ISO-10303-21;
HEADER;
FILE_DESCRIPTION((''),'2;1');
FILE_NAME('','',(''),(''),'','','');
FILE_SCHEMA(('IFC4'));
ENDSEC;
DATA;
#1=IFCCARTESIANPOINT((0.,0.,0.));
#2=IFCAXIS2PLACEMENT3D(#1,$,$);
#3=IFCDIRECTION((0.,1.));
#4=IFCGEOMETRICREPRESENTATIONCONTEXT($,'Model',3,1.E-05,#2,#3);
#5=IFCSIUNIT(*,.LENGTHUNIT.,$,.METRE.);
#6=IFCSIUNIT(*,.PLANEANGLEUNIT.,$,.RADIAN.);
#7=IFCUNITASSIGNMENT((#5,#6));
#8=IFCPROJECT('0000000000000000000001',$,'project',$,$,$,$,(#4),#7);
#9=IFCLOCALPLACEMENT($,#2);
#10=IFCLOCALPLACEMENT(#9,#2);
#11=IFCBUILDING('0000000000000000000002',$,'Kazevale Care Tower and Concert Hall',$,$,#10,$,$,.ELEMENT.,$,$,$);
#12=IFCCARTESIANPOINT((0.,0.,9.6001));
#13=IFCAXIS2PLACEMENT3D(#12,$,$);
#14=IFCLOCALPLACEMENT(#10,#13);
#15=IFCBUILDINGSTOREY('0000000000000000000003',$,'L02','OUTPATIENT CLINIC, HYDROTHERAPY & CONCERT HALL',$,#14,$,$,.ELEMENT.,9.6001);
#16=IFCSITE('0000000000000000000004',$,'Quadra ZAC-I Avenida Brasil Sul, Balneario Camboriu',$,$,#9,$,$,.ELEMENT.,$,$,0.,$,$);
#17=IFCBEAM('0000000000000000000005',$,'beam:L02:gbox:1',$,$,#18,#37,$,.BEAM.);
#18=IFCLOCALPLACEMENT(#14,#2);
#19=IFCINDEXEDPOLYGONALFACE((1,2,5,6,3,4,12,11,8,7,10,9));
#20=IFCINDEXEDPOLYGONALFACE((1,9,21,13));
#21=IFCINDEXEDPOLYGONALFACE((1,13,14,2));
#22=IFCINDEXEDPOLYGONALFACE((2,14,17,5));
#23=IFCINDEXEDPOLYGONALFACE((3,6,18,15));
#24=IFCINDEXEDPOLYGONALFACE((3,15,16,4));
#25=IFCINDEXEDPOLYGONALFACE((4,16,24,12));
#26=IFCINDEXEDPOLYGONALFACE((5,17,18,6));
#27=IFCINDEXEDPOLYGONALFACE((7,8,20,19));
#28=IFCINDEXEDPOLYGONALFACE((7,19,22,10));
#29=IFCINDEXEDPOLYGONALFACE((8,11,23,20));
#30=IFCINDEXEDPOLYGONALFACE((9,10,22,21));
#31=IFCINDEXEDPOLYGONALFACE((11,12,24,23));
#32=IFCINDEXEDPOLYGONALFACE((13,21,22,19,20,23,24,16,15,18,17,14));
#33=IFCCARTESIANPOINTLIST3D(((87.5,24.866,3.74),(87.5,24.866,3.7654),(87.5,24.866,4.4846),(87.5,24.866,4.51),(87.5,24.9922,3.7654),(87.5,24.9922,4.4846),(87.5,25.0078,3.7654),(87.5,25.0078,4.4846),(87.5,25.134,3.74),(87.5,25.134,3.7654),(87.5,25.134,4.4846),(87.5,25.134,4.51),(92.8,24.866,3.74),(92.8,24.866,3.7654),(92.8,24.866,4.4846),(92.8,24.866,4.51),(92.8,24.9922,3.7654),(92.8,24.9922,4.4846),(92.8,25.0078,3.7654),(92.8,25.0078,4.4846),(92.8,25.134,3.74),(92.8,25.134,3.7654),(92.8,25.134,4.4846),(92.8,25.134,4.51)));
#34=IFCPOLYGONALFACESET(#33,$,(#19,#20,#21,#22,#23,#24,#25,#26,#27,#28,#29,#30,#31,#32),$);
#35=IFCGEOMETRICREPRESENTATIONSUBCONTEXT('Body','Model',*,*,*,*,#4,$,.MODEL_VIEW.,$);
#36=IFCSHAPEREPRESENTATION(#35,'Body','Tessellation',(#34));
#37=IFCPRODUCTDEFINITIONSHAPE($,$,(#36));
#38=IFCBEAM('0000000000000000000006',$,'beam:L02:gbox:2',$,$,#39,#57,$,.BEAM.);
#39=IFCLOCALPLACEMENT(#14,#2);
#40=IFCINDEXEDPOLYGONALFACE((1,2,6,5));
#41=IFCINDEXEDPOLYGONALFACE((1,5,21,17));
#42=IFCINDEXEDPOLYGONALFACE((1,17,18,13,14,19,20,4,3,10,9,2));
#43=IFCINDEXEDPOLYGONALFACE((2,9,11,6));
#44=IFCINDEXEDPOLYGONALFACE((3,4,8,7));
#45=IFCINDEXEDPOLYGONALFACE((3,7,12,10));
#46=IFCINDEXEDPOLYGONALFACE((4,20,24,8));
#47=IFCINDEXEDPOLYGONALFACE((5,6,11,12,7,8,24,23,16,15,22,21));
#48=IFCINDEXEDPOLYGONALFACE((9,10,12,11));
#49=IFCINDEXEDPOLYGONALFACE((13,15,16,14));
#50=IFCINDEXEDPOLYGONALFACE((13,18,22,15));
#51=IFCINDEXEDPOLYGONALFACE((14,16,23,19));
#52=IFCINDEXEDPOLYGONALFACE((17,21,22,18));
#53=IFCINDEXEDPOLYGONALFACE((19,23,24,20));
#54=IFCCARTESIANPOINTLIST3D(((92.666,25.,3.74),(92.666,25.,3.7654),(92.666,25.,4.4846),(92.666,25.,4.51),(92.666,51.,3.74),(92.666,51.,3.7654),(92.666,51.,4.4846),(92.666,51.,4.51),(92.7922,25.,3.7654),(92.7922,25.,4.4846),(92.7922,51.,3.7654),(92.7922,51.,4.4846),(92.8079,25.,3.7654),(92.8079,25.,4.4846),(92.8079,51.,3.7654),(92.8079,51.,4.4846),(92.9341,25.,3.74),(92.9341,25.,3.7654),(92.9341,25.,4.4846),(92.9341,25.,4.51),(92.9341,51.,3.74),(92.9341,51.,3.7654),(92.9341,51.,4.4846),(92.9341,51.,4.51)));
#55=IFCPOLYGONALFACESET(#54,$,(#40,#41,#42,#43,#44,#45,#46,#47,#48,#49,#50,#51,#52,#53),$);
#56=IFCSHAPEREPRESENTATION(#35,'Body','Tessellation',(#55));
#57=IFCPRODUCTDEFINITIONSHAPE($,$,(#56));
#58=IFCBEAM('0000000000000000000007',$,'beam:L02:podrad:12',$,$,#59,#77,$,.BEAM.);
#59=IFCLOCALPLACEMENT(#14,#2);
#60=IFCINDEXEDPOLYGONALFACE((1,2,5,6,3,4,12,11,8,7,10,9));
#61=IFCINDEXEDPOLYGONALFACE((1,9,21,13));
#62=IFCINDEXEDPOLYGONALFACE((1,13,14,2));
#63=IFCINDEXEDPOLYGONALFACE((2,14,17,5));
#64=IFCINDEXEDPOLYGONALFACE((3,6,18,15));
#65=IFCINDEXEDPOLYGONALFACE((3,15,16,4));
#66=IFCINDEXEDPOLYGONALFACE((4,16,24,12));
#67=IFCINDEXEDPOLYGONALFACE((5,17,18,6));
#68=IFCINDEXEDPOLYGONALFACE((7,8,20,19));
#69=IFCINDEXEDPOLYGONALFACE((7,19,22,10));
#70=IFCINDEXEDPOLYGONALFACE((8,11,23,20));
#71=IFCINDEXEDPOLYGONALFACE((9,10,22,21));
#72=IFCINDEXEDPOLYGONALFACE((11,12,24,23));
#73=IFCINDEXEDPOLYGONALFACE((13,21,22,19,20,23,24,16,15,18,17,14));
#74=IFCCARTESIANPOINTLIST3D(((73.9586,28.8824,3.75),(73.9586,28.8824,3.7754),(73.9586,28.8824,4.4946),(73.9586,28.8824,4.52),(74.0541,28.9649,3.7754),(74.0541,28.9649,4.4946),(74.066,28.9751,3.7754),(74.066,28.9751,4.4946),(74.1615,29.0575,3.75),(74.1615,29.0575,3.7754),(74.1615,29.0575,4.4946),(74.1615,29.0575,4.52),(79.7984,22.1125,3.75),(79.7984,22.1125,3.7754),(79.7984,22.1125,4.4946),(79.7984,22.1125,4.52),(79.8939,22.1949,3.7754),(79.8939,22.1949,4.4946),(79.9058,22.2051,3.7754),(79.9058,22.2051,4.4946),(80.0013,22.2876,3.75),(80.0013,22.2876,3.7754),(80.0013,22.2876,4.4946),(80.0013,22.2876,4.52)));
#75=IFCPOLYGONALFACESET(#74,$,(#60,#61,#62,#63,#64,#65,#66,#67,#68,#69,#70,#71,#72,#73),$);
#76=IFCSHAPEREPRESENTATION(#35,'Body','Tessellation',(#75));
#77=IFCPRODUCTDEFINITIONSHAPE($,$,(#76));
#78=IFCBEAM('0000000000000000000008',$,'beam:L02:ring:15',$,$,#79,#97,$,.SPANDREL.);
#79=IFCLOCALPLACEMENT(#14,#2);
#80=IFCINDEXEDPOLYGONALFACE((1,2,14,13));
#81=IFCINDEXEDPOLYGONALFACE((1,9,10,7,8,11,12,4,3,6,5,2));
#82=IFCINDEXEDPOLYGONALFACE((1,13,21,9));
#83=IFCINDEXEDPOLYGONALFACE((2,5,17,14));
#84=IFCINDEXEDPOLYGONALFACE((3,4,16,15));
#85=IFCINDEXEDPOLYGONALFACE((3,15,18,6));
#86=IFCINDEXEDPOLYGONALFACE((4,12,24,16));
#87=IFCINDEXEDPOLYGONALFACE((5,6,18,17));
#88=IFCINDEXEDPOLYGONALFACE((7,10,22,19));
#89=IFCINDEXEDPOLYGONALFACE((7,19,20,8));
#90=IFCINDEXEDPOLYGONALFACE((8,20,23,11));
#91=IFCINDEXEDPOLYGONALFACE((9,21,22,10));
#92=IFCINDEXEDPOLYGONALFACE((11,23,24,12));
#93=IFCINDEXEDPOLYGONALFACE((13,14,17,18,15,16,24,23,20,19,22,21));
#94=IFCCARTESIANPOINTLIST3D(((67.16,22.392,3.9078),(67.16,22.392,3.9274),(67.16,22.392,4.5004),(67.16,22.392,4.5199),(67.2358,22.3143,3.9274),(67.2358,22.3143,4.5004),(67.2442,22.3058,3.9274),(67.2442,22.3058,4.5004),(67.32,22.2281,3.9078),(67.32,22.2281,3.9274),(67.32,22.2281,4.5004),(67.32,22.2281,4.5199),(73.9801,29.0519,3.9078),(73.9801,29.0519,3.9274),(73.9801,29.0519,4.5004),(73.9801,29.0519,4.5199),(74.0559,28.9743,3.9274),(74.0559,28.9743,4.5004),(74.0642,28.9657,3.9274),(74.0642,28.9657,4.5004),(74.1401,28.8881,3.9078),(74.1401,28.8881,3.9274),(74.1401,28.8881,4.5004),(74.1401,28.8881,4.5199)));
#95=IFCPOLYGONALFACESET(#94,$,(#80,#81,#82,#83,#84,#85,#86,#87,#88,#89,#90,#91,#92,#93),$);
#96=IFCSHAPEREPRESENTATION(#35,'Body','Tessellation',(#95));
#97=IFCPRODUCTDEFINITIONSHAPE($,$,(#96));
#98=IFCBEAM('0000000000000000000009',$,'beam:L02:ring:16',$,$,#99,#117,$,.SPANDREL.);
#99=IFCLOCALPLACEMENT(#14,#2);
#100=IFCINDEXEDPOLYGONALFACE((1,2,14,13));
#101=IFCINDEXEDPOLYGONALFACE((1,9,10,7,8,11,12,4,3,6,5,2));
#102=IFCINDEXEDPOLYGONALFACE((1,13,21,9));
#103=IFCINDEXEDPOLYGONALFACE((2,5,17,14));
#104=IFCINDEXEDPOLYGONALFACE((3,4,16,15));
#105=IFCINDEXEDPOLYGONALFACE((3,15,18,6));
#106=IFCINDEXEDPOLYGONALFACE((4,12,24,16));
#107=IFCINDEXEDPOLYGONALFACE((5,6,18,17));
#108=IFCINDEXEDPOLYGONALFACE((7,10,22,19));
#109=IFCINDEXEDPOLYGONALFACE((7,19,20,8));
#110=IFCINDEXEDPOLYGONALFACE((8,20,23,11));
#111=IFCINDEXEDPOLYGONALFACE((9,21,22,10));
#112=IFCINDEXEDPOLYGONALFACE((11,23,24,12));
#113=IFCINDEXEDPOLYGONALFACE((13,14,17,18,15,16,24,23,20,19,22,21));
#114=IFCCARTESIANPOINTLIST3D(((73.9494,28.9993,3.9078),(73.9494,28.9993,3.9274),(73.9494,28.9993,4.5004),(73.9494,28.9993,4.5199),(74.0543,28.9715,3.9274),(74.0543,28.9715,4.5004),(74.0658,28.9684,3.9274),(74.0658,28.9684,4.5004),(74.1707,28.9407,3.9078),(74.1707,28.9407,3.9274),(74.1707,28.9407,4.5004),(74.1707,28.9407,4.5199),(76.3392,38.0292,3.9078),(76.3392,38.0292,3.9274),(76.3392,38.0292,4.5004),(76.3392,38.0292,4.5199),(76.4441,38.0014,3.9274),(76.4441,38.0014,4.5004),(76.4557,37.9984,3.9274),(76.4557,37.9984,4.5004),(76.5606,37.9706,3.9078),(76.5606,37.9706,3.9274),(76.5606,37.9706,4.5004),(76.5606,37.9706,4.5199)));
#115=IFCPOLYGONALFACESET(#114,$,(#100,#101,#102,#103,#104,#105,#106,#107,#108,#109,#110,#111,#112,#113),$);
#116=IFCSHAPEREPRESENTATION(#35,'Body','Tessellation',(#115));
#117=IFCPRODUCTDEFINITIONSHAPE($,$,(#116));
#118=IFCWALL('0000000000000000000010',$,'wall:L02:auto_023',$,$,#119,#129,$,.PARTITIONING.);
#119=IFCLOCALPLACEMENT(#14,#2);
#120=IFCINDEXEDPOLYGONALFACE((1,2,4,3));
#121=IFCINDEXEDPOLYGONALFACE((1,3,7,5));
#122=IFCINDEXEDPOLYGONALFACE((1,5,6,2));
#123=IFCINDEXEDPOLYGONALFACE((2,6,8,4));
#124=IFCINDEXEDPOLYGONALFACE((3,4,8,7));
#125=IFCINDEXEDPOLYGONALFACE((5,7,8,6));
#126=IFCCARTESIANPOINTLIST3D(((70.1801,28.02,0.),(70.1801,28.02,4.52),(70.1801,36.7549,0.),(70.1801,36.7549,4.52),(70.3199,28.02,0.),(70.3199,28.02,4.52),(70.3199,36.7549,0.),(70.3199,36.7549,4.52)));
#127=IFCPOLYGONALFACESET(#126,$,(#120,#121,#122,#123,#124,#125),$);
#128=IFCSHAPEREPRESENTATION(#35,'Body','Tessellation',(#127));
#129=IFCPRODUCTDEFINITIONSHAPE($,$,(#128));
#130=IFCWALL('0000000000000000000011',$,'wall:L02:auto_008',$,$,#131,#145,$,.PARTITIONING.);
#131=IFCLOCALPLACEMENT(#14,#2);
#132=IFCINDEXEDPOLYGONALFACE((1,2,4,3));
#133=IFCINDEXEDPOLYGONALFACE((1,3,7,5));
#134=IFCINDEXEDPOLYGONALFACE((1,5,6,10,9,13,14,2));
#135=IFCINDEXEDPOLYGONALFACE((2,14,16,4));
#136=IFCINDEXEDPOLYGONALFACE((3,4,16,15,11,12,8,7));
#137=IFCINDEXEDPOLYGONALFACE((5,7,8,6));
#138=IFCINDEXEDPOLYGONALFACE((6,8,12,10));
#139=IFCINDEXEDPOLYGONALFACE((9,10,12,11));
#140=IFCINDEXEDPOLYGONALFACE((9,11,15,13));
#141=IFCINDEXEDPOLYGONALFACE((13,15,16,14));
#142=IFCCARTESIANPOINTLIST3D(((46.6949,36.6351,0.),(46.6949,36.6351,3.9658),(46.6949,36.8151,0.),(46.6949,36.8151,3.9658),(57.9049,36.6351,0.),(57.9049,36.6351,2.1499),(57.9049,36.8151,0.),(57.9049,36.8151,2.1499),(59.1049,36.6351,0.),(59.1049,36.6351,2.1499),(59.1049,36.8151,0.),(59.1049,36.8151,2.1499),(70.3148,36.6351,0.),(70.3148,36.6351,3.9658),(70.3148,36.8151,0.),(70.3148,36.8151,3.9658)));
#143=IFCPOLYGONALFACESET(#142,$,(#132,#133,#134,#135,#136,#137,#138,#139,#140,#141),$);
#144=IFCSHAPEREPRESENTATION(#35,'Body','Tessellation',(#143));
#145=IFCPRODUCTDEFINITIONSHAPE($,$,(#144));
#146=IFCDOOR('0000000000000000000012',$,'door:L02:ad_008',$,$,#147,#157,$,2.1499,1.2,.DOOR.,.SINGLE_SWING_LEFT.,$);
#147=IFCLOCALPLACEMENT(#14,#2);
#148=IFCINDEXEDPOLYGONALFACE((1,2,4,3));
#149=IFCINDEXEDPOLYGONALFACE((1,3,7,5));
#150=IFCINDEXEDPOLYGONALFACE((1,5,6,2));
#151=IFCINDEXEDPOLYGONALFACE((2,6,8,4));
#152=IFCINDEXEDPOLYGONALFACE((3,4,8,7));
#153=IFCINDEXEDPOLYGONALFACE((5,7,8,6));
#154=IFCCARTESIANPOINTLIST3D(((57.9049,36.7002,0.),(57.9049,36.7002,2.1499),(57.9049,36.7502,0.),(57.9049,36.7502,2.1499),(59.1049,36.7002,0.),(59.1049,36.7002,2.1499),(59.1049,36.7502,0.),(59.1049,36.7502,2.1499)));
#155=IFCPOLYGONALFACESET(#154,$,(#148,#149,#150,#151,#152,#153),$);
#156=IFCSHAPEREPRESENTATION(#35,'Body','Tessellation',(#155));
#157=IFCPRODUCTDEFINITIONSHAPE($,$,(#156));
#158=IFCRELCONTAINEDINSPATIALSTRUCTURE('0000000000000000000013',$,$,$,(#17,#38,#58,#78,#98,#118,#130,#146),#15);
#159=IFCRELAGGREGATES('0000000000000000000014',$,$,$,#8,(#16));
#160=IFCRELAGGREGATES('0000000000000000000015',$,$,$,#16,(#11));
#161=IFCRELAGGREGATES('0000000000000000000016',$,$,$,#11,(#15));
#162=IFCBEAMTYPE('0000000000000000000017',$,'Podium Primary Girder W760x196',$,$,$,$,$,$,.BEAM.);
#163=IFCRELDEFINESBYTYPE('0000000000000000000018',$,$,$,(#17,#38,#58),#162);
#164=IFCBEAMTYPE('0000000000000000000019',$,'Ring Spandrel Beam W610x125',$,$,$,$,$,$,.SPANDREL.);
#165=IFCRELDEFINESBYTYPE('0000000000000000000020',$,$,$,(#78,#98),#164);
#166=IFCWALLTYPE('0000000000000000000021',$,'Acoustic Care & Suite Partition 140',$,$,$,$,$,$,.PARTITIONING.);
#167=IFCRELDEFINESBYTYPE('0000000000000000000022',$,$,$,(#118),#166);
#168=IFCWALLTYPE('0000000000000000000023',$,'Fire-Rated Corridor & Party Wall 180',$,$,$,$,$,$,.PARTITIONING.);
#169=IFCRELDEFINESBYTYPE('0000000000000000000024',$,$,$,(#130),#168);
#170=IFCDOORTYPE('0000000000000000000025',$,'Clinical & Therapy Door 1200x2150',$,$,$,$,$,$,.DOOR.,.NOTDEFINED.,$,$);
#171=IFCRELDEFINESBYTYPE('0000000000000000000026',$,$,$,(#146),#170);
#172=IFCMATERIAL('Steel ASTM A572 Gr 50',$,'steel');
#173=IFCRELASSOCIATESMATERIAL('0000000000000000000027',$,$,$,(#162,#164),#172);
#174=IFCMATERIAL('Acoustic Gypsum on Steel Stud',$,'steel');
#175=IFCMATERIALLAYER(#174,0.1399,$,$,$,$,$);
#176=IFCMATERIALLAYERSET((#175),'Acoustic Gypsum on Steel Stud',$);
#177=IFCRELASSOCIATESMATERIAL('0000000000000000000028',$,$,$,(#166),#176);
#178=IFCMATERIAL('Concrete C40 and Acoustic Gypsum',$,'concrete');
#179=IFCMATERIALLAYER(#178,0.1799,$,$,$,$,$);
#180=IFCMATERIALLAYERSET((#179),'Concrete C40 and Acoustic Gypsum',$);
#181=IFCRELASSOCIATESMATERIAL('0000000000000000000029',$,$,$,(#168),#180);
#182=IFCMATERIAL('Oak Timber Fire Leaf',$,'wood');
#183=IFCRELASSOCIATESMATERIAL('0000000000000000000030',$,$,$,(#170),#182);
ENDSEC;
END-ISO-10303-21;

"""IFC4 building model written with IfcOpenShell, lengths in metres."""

from ifc_helpers import new_model, si_unit, direction, frame, frame_2d, origin, origin_2d, place, context, subcontext, project, spatial, rectangle, i_section, extrude, material, layer, layer_set, material_profile, profile_set, type_object, element, fill, save


model = new_model("IFC4")

# Units and contexts
model_context = context("Model", 3, precision=1e-05, world=origin(), true_north=direction((0.0, 1.0)))
body_context = subcontext(model_context, "Body", "Model", "MODEL_VIEW")
ifc_project = project(units=[si_unit("LENGTHUNIT", "METRE"), si_unit("PLANEANGLEUNIT", "RADIAN")], contexts=[model_context])

# Site, building, storey
site_placement = place(None, origin())
site = spatial("IfcSite", under=ifc_project, at=site_placement, Name="Quadra ZAC-I Avenida Brasil Sul, Balneario Camboriu", CompositionType="ELEMENT", RefElevation=0.0)
building_placement = place(site_placement, origin())
building = spatial("IfcBuilding", under=site, at=building_placement, Name="Kazevale Care Tower and Concert Hall", CompositionType="ELEMENT")
storey_placement = place(building_placement, frame((0.0, 0.0, 9.6001)))
storey = spatial("IfcBuildingStorey", under=building, at=storey_placement, Name="L02", Description="OUTPATIENT CLINIC, HYDROTHERAPY & CONCERT HALL", CompositionType="ELEMENT", Elevation=9.6001)

# Beams
ifc_material_1 = material(Name="Steel ASTM A572 Gr 50", Category="steel")
ifc_material_profile_1 = material_profile(ifc_material_1, i_section(OverallWidth=0.2681, OverallDepth=0.77, WebThickness=0.0156, FlangeThickness=0.0254, at=origin_2d()), Name="W760x196")
ifc_profile_set_1 = profile_set([ifc_material_profile_1], Name="Steel ASTM A572 Gr 50")
beam_type_1 = type_object("IfcBeamType", Name="Podium Primary Girder W760x196", PredefinedType="BEAM", material=ifc_profile_set_1)
beam_1_placement = place(storey_placement, frame((87.5, 25.0, 4.125), z_axis=(1.0, 0.0, 0.0), x_axis=(0.0, 1.0, 0.0)))
element("IfcBeam", 1, at=beam_1_placement, inside=storey, type_object=beam_type_1, Name="beam:L02:gbox:1", PredefinedType="BEAM", context=body_context, shape_type="SweptSolid", body=[
    extrude(i_section(OverallWidth=0.2681, OverallDepth=0.77, WebThickness=0.0156, FlangeThickness=0.0254, at=origin_2d()), origin(), (0.0, 0.0, 1.0), 5.3),
])
beam_2_placement = place(storey_placement, frame((92.8, 25.0, 4.125), z_axis=(0.0, 1.0, 0.0), x_axis=(-1.0, 0.0, 0.0)))
element("IfcBeam", 2, at=beam_2_placement, inside=storey, type_object=beam_type_1, Name="beam:L02:gbox:2", PredefinedType="BEAM", context=body_context, shape_type="SweptSolid", body=[
    extrude(i_section(OverallWidth=0.2681, OverallDepth=0.77, WebThickness=0.0156, FlangeThickness=0.0254, at=origin_2d()), origin(), (0.0, 0.0, 1.0), 26.0),
])
beam_3_placement = place(storey_placement, frame((74.0601, 28.97, 4.135), z_axis=(0.653172, -0.75721, 0.0), x_axis=(0.75721, 0.653172, 0.0)))
element("IfcBeam", 3, at=beam_3_placement, inside=storey, type_object=beam_type_1, Name="beam:L02:podrad:12", PredefinedType="BEAM", context=body_context, shape_type="SweptSolid", body=[
    extrude(i_section(OverallWidth=0.2681, OverallDepth=0.77, WebThickness=0.0156, FlangeThickness=0.0254, at=origin_2d()), origin(), (0.0, 0.0, 1.0), 8.9407),
])
ifc_material_profile_2 = material_profile(ifc_material_1, i_section(OverallWidth=0.229, OverallDepth=0.6121, WebThickness=0.012, FlangeThickness=0.0195, at=origin_2d()), Name="W610x125")
ifc_profile_set_2 = profile_set([ifc_material_profile_2], Name="Steel ASTM A572 Gr 50")
beam_type_2 = type_object("IfcBeamType", Name="Ring Spandrel Beam W610x125", PredefinedType="SPANDREL", material=ifc_profile_set_2)
beam_4_placement = place(storey_placement, frame((67.24, 22.3101, 4.2139), z_axis=(0.715457, 0.698656, 0.0), x_axis=(-0.698656, 0.715457, 0.0)))
element("IfcBeam", 4, at=beam_4_placement, inside=storey, type_object=beam_type_2, Name="beam:L02:ring:15", PredefinedType="SPANDREL", context=body_context, shape_type="SweptSolid", body=[
    extrude(i_section(OverallWidth=0.229, OverallDepth=0.6121, WebThickness=0.012, FlangeThickness=0.0195, at=origin_2d()), origin(), (0.0, 0.0, 1.0), 9.5325),
])
beam_5_placement = place(storey_placement, frame((74.0601, 28.97, 4.2139), z_axis=(0.255852, 0.966716, 0.0), x_axis=(-0.966716, 0.255852, 0.0)))
element("IfcBeam", 5, at=beam_5_placement, inside=storey, type_object=beam_type_2, Name="beam:L02:ring:16", PredefinedType="SPANDREL", context=body_context, shape_type="SweptSolid", body=[
    extrude(i_section(OverallWidth=0.229, OverallDepth=0.6121, WebThickness=0.012, FlangeThickness=0.0195, at=origin_2d()), origin(), (0.0, 0.0, 1.0), 9.3408),
])

# Wall
ifc_material_2 = material(Name="Acoustic Gypsum on Steel Stud", Category="steel")
ifc_layer_1 = layer(ifc_material_2, 0.1399)
ifc_layer_set_1 = layer_set([ifc_layer_1], Name="Acoustic Gypsum on Steel Stud")
wall_type_1 = type_object("IfcWallType", Name="Acoustic Care & Suite Partition 140", PredefinedType="PARTITIONING", material=ifc_layer_set_1)
wall_1_placement = place(storey_placement, frame((70.25, 36.7549, 0.0), z_axis=(0.0, 0.0, 1.0), x_axis=(0.0, -1.0, 0.0)))
element("IfcWall", 6, at=wall_1_placement, inside=storey, type_object=wall_type_1, Name="wall:L02:auto_023", PredefinedType="PARTITIONING", context=body_context, shape_type="SweptSolid", body=[
    extrude(rectangle(XDim=8.7349, YDim=0.1399, at=frame_2d((4.3674, 0.0))), origin(), (0.0, 0.0, 1.0), 4.52),
])

# Wall, opening, door
ifc_material_3 = material(Name="Concrete C40 and Acoustic Gypsum", Category="concrete")
ifc_layer_2 = layer(ifc_material_3, 0.1799)
ifc_layer_set_2 = layer_set([ifc_layer_2], Name="Concrete C40 and Acoustic Gypsum")
wall_type_2 = type_object("IfcWallType", Name="Fire-Rated Corridor & Party Wall 180", PredefinedType="PARTITIONING", material=ifc_layer_set_2)
wall_2_placement = place(storey_placement, frame((70.3149, 36.7251, 0.0), z_axis=(0.0, 0.0, 1.0), x_axis=(-1.0, 0.0, 0.0)))
wall_2 = element("IfcWall", 7, at=wall_2_placement, inside=storey, type_object=wall_type_2, Name="wall:L02:auto_008", PredefinedType="PARTITIONING", context=body_context, shape_type="SweptSolid", body=[
    extrude(rectangle(XDim=23.6199, YDim=0.1799, at=frame_2d((11.8101, 0.0))), origin(), (0.0, 0.0, 1.0), 3.9658),
])
opening_1_placement = place(wall_2_placement, frame((11.21, 0.0, 0.0)))
opening_1 = element("IfcOpeningElement", 8, at=opening_1_placement, cuts=wall_2, PredefinedType="OPENING", context=body_context, shape_type="SweptSolid", body=[
    extrude(rectangle(XDim=1.2, YDim=2.1499, at=frame_2d((0.6001, 1.075))), frame((0.0, 0.0999, 0.0), z_axis=(0.0, -1.0, 0.0), x_axis=(1.0, 0.0, 0.0)), (0.0, 0.0, 1.0), 0.2),
])
ifc_material_4 = material(Name="Oak Timber Fire Leaf", Category="wood")
door_type = type_object("IfcDoorType", Name="Clinical & Therapy Door 1200x2150", OperationType="NOTDEFINED", PredefinedType="DOOR", material=ifc_material_4)
door_1_placement = place(opening_1_placement, origin())
door_1 = element("IfcDoor", 9, at=door_1_placement, inside=storey, type_object=door_type, Name="door:L02:ad_008", OperationType="SINGLE_SWING_LEFT", OverallHeight=2.1499, OverallWidth=1.2, PredefinedType="DOOR", context=body_context, shape_type="SweptSolid", body=[
    extrude(rectangle(XDim=1.2, YDim=2.1499, at=frame_2d((0.6001, 1.075))), frame((0.0, 0.0249, 0.0), z_axis=(0.0, -1.0, 0.0), x_axis=(1.0, 0.0, 0.0)), (0.0, 0.0, 1.0), 0.05),
])
fill(opening_1, door_1)

save(model, "model.ifc")
